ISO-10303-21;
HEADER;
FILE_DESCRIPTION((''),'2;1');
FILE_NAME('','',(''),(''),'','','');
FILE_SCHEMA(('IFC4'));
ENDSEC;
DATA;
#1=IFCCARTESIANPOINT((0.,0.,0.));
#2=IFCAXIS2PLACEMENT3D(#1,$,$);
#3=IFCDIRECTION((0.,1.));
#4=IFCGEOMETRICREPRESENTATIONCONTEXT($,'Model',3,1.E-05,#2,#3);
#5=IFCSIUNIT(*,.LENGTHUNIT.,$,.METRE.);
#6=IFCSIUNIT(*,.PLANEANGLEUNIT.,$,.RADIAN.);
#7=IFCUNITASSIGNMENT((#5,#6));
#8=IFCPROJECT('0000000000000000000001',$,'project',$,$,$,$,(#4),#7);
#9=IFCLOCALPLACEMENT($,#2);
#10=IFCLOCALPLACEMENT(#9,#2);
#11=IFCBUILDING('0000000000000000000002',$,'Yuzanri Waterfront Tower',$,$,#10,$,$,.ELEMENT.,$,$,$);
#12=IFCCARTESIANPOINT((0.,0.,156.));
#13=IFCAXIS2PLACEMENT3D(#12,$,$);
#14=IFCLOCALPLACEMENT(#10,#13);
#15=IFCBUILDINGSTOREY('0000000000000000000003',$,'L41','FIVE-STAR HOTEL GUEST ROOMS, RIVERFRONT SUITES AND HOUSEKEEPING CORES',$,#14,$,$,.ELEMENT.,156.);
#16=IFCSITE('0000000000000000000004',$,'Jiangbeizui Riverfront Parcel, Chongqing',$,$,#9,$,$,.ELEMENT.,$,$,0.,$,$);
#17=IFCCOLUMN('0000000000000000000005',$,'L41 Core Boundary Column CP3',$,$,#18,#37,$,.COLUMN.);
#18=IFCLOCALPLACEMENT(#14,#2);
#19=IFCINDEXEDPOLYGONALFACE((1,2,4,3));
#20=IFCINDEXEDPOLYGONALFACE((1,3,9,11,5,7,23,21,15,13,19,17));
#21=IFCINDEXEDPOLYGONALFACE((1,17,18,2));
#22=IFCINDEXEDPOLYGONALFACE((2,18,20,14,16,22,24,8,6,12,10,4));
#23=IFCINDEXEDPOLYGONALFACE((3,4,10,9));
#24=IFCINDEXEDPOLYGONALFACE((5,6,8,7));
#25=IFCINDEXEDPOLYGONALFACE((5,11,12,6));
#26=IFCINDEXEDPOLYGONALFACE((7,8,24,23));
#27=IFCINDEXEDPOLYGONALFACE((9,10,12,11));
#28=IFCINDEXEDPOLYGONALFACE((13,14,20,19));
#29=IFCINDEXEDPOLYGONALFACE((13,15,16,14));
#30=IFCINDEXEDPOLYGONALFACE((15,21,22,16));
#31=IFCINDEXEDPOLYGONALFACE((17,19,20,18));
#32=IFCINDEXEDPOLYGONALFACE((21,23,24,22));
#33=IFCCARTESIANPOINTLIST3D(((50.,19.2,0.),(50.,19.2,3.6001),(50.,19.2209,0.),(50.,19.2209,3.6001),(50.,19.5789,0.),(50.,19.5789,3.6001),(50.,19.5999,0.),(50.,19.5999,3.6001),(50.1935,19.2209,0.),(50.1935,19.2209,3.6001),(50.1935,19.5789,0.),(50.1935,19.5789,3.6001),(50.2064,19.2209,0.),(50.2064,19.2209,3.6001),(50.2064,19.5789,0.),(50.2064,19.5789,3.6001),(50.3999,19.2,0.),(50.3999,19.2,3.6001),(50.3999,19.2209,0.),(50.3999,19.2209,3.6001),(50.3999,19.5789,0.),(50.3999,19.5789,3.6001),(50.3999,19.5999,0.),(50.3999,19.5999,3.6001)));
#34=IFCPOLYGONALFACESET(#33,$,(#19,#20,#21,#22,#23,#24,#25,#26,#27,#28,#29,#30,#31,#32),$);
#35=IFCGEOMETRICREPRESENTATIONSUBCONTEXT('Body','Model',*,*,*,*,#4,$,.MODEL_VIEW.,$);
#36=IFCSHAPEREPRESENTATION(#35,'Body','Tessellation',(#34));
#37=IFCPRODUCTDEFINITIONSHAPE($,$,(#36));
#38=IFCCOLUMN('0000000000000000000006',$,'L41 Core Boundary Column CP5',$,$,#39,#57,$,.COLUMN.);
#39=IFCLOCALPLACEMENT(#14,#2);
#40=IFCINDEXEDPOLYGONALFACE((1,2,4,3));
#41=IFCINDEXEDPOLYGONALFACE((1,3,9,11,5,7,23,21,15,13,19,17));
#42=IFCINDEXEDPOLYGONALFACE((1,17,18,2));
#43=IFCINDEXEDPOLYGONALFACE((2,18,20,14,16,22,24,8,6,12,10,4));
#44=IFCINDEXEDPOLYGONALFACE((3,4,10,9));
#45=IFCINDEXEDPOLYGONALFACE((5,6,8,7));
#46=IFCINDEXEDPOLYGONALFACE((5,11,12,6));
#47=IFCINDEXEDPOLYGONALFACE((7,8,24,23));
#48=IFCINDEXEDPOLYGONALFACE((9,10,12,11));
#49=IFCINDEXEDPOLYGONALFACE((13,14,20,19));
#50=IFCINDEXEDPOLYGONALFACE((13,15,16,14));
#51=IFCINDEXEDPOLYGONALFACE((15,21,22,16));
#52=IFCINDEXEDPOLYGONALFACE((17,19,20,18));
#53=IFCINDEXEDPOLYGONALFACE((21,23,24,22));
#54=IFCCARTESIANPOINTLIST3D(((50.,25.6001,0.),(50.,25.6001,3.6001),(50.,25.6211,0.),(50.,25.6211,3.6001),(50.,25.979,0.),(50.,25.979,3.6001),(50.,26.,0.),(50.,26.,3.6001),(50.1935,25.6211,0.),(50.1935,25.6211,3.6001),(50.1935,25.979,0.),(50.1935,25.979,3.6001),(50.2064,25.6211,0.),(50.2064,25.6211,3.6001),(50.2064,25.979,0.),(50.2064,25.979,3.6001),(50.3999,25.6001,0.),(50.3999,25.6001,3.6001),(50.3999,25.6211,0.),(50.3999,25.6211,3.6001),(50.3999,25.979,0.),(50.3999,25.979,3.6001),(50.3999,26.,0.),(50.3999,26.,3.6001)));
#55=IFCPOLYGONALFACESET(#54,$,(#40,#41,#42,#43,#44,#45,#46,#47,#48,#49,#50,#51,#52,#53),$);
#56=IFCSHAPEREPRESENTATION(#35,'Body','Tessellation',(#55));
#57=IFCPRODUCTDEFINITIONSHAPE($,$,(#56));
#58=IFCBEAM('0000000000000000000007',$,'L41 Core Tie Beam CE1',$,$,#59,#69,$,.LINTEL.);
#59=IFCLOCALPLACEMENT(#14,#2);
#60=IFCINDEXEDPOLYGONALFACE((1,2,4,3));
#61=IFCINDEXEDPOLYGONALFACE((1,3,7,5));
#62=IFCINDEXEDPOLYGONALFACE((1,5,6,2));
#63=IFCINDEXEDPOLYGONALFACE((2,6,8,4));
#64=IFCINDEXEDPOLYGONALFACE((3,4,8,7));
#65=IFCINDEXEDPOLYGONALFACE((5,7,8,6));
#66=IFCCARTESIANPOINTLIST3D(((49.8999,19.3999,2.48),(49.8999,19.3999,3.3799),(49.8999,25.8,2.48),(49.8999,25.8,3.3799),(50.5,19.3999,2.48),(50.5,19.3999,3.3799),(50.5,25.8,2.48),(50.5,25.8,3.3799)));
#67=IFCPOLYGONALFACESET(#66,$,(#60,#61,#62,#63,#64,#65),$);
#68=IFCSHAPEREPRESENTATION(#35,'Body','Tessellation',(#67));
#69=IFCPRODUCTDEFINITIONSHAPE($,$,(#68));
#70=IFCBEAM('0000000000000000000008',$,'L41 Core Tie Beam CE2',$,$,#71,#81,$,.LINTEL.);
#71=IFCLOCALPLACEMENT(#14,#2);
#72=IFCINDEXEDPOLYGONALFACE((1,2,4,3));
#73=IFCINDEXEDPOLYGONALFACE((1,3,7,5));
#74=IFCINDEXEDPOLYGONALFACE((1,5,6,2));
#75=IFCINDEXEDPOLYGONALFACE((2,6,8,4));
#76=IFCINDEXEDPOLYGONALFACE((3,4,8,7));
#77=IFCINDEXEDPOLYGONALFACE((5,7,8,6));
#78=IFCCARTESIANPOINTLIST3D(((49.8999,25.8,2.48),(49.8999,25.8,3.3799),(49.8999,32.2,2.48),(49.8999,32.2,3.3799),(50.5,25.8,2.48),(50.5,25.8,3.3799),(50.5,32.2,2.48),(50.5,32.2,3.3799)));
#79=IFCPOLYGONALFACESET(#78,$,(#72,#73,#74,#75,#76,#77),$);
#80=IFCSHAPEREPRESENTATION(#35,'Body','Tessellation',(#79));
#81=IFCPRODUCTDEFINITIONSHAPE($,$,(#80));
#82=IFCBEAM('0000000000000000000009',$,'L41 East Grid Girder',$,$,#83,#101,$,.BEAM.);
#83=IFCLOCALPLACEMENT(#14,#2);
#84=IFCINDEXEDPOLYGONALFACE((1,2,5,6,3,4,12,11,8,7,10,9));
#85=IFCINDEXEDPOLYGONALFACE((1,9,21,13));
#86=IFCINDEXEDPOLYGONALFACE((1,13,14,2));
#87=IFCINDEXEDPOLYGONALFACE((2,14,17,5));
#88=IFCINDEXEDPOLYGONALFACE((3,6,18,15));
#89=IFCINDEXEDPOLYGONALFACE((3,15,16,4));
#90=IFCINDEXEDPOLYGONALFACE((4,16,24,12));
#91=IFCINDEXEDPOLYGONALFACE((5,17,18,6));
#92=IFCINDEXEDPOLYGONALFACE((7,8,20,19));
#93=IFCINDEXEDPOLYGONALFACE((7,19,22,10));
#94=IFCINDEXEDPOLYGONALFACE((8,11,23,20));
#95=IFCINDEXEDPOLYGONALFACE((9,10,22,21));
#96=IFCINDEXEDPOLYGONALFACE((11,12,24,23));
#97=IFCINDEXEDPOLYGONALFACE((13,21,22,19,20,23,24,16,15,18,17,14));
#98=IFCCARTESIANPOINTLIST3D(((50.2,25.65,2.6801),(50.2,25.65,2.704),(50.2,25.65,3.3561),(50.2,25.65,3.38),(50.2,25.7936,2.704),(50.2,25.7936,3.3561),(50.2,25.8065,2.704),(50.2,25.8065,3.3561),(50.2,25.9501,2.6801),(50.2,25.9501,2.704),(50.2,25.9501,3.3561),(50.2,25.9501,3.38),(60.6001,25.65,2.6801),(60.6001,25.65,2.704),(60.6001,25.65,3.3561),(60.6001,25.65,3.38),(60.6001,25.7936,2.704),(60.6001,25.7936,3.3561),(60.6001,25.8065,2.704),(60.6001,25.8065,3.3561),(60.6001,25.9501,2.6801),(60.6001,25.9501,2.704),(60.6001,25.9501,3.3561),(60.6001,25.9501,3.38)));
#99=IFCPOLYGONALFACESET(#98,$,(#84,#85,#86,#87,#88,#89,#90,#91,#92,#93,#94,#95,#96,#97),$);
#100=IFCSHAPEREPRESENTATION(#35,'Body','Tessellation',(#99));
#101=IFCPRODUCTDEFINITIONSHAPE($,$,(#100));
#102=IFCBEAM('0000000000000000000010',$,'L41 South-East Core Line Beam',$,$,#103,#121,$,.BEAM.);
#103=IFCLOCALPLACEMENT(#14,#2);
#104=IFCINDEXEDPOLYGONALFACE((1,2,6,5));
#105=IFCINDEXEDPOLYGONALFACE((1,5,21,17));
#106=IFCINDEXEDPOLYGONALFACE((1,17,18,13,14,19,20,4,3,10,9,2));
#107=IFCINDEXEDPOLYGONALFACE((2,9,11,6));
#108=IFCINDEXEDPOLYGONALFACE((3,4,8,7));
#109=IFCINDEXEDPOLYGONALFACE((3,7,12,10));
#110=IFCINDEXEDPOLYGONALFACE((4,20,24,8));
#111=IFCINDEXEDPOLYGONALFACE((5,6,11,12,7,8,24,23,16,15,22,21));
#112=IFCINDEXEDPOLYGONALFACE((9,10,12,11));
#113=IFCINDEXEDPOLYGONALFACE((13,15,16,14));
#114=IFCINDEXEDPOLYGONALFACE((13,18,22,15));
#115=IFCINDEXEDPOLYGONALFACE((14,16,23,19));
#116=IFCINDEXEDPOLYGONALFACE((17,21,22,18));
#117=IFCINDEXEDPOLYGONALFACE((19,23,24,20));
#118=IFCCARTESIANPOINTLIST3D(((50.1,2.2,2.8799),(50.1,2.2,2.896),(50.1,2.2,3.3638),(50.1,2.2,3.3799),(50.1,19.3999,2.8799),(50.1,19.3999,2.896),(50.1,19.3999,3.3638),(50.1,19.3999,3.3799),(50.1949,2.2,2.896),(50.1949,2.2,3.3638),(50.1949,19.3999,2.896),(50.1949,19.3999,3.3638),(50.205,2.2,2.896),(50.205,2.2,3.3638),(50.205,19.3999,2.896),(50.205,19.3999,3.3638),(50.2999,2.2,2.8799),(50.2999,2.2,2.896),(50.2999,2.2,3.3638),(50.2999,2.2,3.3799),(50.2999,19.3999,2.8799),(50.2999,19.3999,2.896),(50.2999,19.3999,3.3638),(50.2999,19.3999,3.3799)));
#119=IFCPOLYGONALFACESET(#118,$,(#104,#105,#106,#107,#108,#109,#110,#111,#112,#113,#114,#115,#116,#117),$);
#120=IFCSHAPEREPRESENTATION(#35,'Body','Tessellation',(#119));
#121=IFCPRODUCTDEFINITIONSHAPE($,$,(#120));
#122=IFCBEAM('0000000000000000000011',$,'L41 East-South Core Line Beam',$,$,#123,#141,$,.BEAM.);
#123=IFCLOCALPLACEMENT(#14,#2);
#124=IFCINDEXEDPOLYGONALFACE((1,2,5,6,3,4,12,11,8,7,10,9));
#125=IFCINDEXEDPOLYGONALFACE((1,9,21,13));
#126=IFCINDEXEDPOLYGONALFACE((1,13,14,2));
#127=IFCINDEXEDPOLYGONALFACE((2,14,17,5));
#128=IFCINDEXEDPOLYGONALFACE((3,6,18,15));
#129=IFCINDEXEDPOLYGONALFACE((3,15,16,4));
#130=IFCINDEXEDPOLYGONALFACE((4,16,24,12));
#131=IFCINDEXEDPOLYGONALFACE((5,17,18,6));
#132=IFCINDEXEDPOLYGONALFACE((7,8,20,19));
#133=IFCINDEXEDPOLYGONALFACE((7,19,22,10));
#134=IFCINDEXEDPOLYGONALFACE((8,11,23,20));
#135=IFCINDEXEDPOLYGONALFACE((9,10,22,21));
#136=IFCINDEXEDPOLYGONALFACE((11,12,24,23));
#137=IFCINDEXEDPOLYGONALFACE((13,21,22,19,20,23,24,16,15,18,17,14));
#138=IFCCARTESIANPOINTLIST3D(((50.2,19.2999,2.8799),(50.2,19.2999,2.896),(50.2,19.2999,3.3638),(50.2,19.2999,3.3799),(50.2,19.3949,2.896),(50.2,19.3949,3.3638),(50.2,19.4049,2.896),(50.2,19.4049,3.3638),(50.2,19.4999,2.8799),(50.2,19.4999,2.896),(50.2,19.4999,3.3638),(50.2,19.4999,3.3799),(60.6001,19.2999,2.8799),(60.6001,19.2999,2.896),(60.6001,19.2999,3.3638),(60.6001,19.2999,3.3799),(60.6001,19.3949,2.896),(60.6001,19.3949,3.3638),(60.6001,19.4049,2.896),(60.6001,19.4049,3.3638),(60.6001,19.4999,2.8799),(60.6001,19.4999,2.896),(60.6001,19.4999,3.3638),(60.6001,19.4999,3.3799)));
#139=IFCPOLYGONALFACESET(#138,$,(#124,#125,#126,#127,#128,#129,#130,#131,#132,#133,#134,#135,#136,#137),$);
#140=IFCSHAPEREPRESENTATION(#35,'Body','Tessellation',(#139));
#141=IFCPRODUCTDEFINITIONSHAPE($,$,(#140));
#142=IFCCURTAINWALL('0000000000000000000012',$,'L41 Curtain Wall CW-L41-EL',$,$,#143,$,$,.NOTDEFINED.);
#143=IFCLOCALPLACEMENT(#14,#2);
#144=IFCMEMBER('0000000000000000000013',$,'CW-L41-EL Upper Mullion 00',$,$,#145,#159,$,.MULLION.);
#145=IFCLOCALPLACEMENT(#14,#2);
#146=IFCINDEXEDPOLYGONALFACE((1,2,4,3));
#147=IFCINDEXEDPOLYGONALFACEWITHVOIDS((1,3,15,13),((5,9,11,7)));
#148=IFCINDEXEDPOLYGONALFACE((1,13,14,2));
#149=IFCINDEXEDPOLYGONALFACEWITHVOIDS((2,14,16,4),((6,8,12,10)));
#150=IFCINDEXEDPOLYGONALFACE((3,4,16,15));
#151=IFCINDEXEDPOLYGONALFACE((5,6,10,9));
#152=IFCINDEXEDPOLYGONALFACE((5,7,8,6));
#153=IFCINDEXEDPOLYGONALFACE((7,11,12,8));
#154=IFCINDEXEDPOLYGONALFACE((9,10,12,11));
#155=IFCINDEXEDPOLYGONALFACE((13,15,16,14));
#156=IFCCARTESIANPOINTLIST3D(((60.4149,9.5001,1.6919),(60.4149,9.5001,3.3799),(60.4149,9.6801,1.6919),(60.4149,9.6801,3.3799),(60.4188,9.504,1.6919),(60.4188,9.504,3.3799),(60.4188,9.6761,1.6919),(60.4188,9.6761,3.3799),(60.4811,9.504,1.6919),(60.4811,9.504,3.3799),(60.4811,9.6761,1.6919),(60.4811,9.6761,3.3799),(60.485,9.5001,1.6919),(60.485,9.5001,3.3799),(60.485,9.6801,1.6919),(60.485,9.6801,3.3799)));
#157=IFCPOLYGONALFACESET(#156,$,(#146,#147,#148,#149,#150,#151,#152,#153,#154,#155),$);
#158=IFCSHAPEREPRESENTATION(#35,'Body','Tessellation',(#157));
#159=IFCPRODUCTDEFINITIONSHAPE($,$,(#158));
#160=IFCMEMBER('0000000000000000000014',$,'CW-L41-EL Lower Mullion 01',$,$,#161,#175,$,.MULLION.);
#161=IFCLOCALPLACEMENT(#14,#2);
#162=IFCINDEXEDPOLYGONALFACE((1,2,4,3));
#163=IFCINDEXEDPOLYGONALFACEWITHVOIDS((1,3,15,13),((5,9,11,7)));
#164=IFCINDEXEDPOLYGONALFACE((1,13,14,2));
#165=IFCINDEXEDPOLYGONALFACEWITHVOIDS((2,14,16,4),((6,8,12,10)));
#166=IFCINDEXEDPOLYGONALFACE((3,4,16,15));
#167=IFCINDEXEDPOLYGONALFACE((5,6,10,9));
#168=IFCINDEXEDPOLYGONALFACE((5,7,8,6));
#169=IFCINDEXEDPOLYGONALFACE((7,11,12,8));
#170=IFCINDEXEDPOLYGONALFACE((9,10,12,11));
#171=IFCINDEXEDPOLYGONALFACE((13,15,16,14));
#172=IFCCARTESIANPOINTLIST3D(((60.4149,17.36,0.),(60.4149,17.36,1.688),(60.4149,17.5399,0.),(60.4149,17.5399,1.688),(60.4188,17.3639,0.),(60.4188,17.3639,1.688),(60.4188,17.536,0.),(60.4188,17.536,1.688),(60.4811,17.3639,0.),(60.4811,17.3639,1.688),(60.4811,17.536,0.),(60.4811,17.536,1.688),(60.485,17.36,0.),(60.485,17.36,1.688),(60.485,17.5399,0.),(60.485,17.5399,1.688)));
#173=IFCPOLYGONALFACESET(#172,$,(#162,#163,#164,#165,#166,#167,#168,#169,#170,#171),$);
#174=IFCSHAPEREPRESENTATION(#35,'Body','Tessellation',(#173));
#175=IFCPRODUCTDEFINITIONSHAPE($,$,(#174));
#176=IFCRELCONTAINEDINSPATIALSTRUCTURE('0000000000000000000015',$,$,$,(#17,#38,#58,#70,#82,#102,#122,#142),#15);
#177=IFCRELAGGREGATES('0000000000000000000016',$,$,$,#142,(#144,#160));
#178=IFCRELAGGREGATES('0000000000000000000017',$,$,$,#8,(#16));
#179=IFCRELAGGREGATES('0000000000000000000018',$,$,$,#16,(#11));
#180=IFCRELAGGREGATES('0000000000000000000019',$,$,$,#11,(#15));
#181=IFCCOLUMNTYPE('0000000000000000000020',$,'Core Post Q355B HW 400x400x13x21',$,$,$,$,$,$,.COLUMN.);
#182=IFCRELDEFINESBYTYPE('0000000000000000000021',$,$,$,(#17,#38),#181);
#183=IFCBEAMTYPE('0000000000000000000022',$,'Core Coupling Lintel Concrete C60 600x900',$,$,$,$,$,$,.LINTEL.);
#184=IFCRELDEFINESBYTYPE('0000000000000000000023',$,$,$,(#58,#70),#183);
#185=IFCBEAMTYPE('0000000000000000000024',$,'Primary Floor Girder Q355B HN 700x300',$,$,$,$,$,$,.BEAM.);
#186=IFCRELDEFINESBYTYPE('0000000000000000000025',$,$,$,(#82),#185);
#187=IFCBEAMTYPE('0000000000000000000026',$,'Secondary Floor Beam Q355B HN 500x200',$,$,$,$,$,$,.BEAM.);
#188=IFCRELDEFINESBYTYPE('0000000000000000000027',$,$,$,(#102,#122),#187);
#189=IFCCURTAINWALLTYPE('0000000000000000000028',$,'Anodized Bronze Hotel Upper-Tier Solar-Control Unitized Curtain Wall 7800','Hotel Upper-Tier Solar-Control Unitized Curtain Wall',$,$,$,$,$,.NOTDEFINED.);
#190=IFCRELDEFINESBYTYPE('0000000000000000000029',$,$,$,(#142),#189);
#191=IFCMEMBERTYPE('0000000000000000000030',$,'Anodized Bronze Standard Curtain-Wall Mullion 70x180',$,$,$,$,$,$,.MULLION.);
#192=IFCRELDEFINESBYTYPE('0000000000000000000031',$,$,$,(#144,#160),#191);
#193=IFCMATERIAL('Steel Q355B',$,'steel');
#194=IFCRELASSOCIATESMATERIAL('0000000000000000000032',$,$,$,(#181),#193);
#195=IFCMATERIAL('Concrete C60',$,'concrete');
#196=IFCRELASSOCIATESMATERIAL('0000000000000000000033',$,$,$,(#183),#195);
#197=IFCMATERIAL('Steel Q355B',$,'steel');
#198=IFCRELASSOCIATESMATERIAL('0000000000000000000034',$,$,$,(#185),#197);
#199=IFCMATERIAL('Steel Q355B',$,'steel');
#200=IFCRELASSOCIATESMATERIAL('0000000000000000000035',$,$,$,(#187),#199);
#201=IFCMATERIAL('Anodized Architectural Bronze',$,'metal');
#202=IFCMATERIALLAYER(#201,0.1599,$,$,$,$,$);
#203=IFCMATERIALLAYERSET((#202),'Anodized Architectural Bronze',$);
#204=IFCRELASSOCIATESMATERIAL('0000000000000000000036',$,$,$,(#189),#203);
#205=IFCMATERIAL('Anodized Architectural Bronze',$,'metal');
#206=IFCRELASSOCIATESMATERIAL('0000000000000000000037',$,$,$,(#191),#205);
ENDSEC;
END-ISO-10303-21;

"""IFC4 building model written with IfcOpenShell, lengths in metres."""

from ifc_helpers import new_model, si_unit, direction, frame, origin, origin_2d, place, context, subcontext, project, spatial, rectangle, hollow_rectangle, i_section, extrude, source, transform, mapped, material, layer, layer_set, material_profile, profile_set, type_object, element, aggregate, save


model = new_model("IFC4")

# Units and contexts
model_context = context("Model", 3, precision=1e-05, world=origin(), true_north=direction((0.0, 1.0)))
body_context = subcontext(model_context, "Body", "Model", "MODEL_VIEW")
ifc_project = project(units=[si_unit("LENGTHUNIT", "METRE"), si_unit("PLANEANGLEUNIT", "RADIAN")], contexts=[model_context])

# Site, building, storey
site_placement = place(None, origin())
site = spatial("IfcSite", under=ifc_project, at=site_placement, Name="Jiangbeizui Riverfront Parcel, Chongqing", CompositionType="ELEMENT", RefElevation=0.0)
building_placement = place(site_placement, origin())
building = spatial("IfcBuilding", under=site, at=building_placement, Name="Yuzanri Waterfront Tower", CompositionType="ELEMENT")
storey_placement = place(building_placement, frame((0.0, 0.0, 156.0)))
storey = spatial("IfcBuildingStorey", under=building, at=storey_placement, Name="L41", Description="FIVE-STAR HOTEL GUEST ROOMS, RIVERFRONT SUITES AND HOUSEKEEPING CORES", CompositionType="ELEMENT", Elevation=156.0)

# Columns
ifc_material_1 = material(Name="Steel Q355B", Category="steel")
ifc_material_profile_1 = material_profile(ifc_material_1, i_section(OverallWidth=0.3999, OverallDepth=0.3999, WebThickness=0.0129, FlangeThickness=0.021, at=origin_2d()), Name="HW 400x400x13x21")
ifc_profile_set_1 = profile_set([ifc_material_profile_1], Name="Steel Q355B")
column_type = type_object("IfcColumnType", Name="Core Post Q355B HW 400x400x13x21", PredefinedType="COLUMN", material=ifc_profile_set_1)
shared_shape_1 = source(origin(), body_context, "Body", "SweptSolid", [
    extrude(i_section(OverallWidth=0.3999, OverallDepth=0.3999, WebThickness=0.0129, FlangeThickness=0.021, at=origin_2d()), origin(), (0.0, 0.0, 1.0), 3.6001),
])
for number, where, z_axis, x_axis, name in (
    (1, (50.2, 19.3999, 0.0), (0.0, 0.0, 1.0), (1.0, 0.0, 0.0), "L41 Core Boundary Column CP3"),
    (2, (50.2, 25.8, 0.0), (0.0, 0.0, 1.0), (1.0, 0.0, 0.0), "L41 Core Boundary Column CP5"),
):
    element("IfcColumn", number, at=place(storey_placement, frame(where, z_axis=z_axis, x_axis=x_axis)), inside=storey, type_object=column_type, Name=name, PredefinedType="COLUMN", context=body_context, shape_type="MappedRepresentation", body=[
        mapped(shared_shape_1, transform((0.0, 0.0, 0.0), scale=1.0)),
    ])

# Beams
ifc_material_2 = material(Name="Concrete C60", Category="concrete")
ifc_material_profile_2 = material_profile(ifc_material_2, rectangle(XDim=0.6001, YDim=0.8999, at=origin_2d()), Name="RC 600x900")
ifc_profile_set_2 = profile_set([ifc_material_profile_2], Name="Concrete C60")
beam_type_1 = type_object("IfcBeamType", Name="Core Coupling Lintel Concrete C60 600x900", PredefinedType="LINTEL", material=ifc_profile_set_2)
shared_shape_2 = source(origin(), body_context, "Body", "SweptSolid", [
    extrude(rectangle(XDim=0.6001, YDim=0.8999, at=origin_2d()), origin(), (0.0, 0.0, 1.0), 6.4001),
])
beam_1_placement = place(storey_placement, frame((50.2, 19.3999, 2.9299), z_axis=(0.0, 1.0, 0.0), x_axis=(-1.0, 0.0, 0.0)))
element("IfcBeam", 3, at=beam_1_placement, inside=storey, type_object=beam_type_1, Name="L41 Core Tie Beam CE1", PredefinedType="LINTEL", context=body_context, shape_type="MappedRepresentation", body=[
    mapped(shared_shape_2, transform((0.0, 0.0, 0.0), scale=1.0)),
])
shared_shape_3 = source(origin(), body_context, "Body", "SweptSolid", [
    extrude(rectangle(XDim=0.6001, YDim=0.8999, at=origin_2d()), origin(), (0.0, 0.0, 1.0), 6.3999),
])
beam_2_placement = place(storey_placement, frame((50.2, 25.8, 2.9299), z_axis=(0.0, 1.0, 0.0), x_axis=(-1.0, 0.0, 0.0)))
element("IfcBeam", 4, at=beam_2_placement, inside=storey, type_object=beam_type_1, Name="L41 Core Tie Beam CE2", PredefinedType="LINTEL", context=body_context, shape_type="MappedRepresentation", body=[
    mapped(shared_shape_3, transform((0.0, 0.0, 0.0), scale=1.0)),
])
ifc_material_3 = material(Name="Steel Q355B", Category="steel")
ifc_material_profile_3 = material_profile(ifc_material_3, i_section(OverallWidth=0.3, OverallDepth=0.7, WebThickness=0.0129, FlangeThickness=0.0239, at=origin_2d()), Name="HN 700x300x13x24")
ifc_profile_set_3 = profile_set([ifc_material_profile_3], Name="Steel Q355B")
beam_type_2 = type_object("IfcBeamType", Name="Primary Floor Girder Q355B HN 700x300", PredefinedType="BEAM", material=ifc_profile_set_3)
shared_shape_4 = source(origin(), body_context, "Body", "SweptSolid", [
    extrude(i_section(OverallWidth=0.3, OverallDepth=0.7, WebThickness=0.0129, FlangeThickness=0.0239, at=origin_2d()), origin(), (0.0, 0.0, 1.0), 10.4001),
])
beam_3_placement = place(storey_placement, frame((50.2, 25.8, 3.03), z_axis=(1.0, 0.0, 0.0), x_axis=(0.0, 1.0, 0.0)))
element("IfcBeam", 5, at=beam_3_placement, inside=storey, type_object=beam_type_2, Name="L41 East Grid Girder", PredefinedType="BEAM", context=body_context, shape_type="MappedRepresentation", body=[
    mapped(shared_shape_4, transform((0.0, 0.0, 0.0), scale=1.0)),
])
ifc_material_4 = material(Name="Steel Q355B", Category="steel")
ifc_material_profile_4 = material_profile(ifc_material_4, i_section(OverallWidth=0.2, OverallDepth=0.5, WebThickness=0.01, FlangeThickness=0.0161, at=origin_2d()), Name="HN 500x200x10x16")
ifc_profile_set_4 = profile_set([ifc_material_profile_4], Name="Steel Q355B")
beam_type_3 = type_object("IfcBeamType", Name="Secondary Floor Beam Q355B HN 500x200", PredefinedType="BEAM", material=ifc_profile_set_4)
shared_shape_5 = source(origin(), body_context, "Body", "SweptSolid", [
    extrude(i_section(OverallWidth=0.2, OverallDepth=0.5, WebThickness=0.01, FlangeThickness=0.0161, at=origin_2d()), origin(), (0.0, 0.0, 1.0), 17.2),
])
beam_4_placement = place(storey_placement, frame((50.2, 19.3999, 3.1299), z_axis=(0.0, -1.0, 0.0), x_axis=(1.0, 0.0, 0.0)))
element("IfcBeam", 6, at=beam_4_placement, inside=storey, type_object=beam_type_3, Name="L41 South-East Core Line Beam", PredefinedType="BEAM", context=body_context, shape_type="MappedRepresentation", body=[
    mapped(shared_shape_5, transform((0.0, 0.0, 0.0), scale=1.0)),
])
shared_shape_6 = source(origin(), body_context, "Body", "SweptSolid", [
    extrude(i_section(OverallWidth=0.2, OverallDepth=0.5, WebThickness=0.01, FlangeThickness=0.0161, at=origin_2d()), origin(), (0.0, 0.0, 1.0), 10.4001),
])
beam_5_placement = place(storey_placement, frame((50.2, 19.3999, 3.1299), z_axis=(1.0, 0.0, 0.0), x_axis=(0.0, 1.0, 0.0)))
element("IfcBeam", 7, at=beam_5_placement, inside=storey, type_object=beam_type_3, Name="L41 East-South Core Line Beam", PredefinedType="BEAM", context=body_context, shape_type="MappedRepresentation", body=[
    mapped(shared_shape_6, transform((0.0, 0.0, 0.0), scale=1.0)),
])

# Curtain wall, members
ifc_material_5 = material(Name="Anodized Architectural Bronze", Category="metal")
ifc_layer_1 = layer(ifc_material_5, 0.1599)
ifc_layer_set_1 = layer_set([ifc_layer_1], Name="Anodized Architectural Bronze")
curtain_wall_type = type_object("IfcCurtainWallType", Name="Anodized Bronze Hotel Upper-Tier Solar-Control Unitized Curtain Wall 7800", Description="Hotel Upper-Tier Solar-Control Unitized Curtain Wall", PredefinedType="NOTDEFINED", material=ifc_layer_set_1)
curtain_wall_placement = place(storey_placement, origin())
curtain_wall = element("IfcCurtainWall", 8, at=curtain_wall_placement, inside=storey, type_object=curtain_wall_type, Name="L41 Curtain Wall CW-L41-EL", PredefinedType="NOTDEFINED")
ifc_material_6 = material(Name="Anodized Architectural Bronze", Category="metal")
ifc_material_profile_5 = material_profile(ifc_material_6, hollow_rectangle(XDim=0.0701, YDim=0.1799, WallThickness=0.0039, at=origin_2d()), Name="CWM 70x180")
ifc_profile_set_5 = profile_set([ifc_material_profile_5], Name="Anodized Architectural Bronze")
member_type = type_object("IfcMemberType", Name="Anodized Bronze Standard Curtain-Wall Mullion 70x180", PredefinedType="MULLION", material=ifc_profile_set_5)
shared_shape_7 = source(origin(), body_context, "Body", "SweptSolid", [
    extrude(hollow_rectangle(XDim=0.0701, YDim=0.1799, WallThickness=0.0039, at=origin_2d()), origin(), (0.0, 0.0, 1.0), 1.688),
])
member_1_placement = place(storey_placement, frame((60.45, 9.5901, 1.6919), z_axis=(0.0, 0.0, 1.0), x_axis=(1.0, 0.0, 0.0)))
member_1 = element("IfcMember", 9, at=member_1_placement, type_object=member_type, Name="CW-L41-EL Upper Mullion 00", PredefinedType="MULLION", context=body_context, shape_type="MappedRepresentation", body=[
    mapped(shared_shape_7, transform((0.0, 0.0, 0.0), scale=1.0)),
])
member_2_placement = place(storey_placement, frame((60.45, 17.45, 0.0), z_axis=(0.0, 0.0, 1.0), x_axis=(1.0, 0.0, 0.0)))
member_2 = element("IfcMember", 10, at=member_2_placement, type_object=member_type, Name="CW-L41-EL Lower Mullion 01", PredefinedType="MULLION", context=body_context, shape_type="MappedRepresentation", body=[
    mapped(shared_shape_7, transform((0.0, 0.0, 0.0), scale=1.0)),
])
aggregate(curtain_wall, [member_1, member_2])

save(model, "model.ifc")
